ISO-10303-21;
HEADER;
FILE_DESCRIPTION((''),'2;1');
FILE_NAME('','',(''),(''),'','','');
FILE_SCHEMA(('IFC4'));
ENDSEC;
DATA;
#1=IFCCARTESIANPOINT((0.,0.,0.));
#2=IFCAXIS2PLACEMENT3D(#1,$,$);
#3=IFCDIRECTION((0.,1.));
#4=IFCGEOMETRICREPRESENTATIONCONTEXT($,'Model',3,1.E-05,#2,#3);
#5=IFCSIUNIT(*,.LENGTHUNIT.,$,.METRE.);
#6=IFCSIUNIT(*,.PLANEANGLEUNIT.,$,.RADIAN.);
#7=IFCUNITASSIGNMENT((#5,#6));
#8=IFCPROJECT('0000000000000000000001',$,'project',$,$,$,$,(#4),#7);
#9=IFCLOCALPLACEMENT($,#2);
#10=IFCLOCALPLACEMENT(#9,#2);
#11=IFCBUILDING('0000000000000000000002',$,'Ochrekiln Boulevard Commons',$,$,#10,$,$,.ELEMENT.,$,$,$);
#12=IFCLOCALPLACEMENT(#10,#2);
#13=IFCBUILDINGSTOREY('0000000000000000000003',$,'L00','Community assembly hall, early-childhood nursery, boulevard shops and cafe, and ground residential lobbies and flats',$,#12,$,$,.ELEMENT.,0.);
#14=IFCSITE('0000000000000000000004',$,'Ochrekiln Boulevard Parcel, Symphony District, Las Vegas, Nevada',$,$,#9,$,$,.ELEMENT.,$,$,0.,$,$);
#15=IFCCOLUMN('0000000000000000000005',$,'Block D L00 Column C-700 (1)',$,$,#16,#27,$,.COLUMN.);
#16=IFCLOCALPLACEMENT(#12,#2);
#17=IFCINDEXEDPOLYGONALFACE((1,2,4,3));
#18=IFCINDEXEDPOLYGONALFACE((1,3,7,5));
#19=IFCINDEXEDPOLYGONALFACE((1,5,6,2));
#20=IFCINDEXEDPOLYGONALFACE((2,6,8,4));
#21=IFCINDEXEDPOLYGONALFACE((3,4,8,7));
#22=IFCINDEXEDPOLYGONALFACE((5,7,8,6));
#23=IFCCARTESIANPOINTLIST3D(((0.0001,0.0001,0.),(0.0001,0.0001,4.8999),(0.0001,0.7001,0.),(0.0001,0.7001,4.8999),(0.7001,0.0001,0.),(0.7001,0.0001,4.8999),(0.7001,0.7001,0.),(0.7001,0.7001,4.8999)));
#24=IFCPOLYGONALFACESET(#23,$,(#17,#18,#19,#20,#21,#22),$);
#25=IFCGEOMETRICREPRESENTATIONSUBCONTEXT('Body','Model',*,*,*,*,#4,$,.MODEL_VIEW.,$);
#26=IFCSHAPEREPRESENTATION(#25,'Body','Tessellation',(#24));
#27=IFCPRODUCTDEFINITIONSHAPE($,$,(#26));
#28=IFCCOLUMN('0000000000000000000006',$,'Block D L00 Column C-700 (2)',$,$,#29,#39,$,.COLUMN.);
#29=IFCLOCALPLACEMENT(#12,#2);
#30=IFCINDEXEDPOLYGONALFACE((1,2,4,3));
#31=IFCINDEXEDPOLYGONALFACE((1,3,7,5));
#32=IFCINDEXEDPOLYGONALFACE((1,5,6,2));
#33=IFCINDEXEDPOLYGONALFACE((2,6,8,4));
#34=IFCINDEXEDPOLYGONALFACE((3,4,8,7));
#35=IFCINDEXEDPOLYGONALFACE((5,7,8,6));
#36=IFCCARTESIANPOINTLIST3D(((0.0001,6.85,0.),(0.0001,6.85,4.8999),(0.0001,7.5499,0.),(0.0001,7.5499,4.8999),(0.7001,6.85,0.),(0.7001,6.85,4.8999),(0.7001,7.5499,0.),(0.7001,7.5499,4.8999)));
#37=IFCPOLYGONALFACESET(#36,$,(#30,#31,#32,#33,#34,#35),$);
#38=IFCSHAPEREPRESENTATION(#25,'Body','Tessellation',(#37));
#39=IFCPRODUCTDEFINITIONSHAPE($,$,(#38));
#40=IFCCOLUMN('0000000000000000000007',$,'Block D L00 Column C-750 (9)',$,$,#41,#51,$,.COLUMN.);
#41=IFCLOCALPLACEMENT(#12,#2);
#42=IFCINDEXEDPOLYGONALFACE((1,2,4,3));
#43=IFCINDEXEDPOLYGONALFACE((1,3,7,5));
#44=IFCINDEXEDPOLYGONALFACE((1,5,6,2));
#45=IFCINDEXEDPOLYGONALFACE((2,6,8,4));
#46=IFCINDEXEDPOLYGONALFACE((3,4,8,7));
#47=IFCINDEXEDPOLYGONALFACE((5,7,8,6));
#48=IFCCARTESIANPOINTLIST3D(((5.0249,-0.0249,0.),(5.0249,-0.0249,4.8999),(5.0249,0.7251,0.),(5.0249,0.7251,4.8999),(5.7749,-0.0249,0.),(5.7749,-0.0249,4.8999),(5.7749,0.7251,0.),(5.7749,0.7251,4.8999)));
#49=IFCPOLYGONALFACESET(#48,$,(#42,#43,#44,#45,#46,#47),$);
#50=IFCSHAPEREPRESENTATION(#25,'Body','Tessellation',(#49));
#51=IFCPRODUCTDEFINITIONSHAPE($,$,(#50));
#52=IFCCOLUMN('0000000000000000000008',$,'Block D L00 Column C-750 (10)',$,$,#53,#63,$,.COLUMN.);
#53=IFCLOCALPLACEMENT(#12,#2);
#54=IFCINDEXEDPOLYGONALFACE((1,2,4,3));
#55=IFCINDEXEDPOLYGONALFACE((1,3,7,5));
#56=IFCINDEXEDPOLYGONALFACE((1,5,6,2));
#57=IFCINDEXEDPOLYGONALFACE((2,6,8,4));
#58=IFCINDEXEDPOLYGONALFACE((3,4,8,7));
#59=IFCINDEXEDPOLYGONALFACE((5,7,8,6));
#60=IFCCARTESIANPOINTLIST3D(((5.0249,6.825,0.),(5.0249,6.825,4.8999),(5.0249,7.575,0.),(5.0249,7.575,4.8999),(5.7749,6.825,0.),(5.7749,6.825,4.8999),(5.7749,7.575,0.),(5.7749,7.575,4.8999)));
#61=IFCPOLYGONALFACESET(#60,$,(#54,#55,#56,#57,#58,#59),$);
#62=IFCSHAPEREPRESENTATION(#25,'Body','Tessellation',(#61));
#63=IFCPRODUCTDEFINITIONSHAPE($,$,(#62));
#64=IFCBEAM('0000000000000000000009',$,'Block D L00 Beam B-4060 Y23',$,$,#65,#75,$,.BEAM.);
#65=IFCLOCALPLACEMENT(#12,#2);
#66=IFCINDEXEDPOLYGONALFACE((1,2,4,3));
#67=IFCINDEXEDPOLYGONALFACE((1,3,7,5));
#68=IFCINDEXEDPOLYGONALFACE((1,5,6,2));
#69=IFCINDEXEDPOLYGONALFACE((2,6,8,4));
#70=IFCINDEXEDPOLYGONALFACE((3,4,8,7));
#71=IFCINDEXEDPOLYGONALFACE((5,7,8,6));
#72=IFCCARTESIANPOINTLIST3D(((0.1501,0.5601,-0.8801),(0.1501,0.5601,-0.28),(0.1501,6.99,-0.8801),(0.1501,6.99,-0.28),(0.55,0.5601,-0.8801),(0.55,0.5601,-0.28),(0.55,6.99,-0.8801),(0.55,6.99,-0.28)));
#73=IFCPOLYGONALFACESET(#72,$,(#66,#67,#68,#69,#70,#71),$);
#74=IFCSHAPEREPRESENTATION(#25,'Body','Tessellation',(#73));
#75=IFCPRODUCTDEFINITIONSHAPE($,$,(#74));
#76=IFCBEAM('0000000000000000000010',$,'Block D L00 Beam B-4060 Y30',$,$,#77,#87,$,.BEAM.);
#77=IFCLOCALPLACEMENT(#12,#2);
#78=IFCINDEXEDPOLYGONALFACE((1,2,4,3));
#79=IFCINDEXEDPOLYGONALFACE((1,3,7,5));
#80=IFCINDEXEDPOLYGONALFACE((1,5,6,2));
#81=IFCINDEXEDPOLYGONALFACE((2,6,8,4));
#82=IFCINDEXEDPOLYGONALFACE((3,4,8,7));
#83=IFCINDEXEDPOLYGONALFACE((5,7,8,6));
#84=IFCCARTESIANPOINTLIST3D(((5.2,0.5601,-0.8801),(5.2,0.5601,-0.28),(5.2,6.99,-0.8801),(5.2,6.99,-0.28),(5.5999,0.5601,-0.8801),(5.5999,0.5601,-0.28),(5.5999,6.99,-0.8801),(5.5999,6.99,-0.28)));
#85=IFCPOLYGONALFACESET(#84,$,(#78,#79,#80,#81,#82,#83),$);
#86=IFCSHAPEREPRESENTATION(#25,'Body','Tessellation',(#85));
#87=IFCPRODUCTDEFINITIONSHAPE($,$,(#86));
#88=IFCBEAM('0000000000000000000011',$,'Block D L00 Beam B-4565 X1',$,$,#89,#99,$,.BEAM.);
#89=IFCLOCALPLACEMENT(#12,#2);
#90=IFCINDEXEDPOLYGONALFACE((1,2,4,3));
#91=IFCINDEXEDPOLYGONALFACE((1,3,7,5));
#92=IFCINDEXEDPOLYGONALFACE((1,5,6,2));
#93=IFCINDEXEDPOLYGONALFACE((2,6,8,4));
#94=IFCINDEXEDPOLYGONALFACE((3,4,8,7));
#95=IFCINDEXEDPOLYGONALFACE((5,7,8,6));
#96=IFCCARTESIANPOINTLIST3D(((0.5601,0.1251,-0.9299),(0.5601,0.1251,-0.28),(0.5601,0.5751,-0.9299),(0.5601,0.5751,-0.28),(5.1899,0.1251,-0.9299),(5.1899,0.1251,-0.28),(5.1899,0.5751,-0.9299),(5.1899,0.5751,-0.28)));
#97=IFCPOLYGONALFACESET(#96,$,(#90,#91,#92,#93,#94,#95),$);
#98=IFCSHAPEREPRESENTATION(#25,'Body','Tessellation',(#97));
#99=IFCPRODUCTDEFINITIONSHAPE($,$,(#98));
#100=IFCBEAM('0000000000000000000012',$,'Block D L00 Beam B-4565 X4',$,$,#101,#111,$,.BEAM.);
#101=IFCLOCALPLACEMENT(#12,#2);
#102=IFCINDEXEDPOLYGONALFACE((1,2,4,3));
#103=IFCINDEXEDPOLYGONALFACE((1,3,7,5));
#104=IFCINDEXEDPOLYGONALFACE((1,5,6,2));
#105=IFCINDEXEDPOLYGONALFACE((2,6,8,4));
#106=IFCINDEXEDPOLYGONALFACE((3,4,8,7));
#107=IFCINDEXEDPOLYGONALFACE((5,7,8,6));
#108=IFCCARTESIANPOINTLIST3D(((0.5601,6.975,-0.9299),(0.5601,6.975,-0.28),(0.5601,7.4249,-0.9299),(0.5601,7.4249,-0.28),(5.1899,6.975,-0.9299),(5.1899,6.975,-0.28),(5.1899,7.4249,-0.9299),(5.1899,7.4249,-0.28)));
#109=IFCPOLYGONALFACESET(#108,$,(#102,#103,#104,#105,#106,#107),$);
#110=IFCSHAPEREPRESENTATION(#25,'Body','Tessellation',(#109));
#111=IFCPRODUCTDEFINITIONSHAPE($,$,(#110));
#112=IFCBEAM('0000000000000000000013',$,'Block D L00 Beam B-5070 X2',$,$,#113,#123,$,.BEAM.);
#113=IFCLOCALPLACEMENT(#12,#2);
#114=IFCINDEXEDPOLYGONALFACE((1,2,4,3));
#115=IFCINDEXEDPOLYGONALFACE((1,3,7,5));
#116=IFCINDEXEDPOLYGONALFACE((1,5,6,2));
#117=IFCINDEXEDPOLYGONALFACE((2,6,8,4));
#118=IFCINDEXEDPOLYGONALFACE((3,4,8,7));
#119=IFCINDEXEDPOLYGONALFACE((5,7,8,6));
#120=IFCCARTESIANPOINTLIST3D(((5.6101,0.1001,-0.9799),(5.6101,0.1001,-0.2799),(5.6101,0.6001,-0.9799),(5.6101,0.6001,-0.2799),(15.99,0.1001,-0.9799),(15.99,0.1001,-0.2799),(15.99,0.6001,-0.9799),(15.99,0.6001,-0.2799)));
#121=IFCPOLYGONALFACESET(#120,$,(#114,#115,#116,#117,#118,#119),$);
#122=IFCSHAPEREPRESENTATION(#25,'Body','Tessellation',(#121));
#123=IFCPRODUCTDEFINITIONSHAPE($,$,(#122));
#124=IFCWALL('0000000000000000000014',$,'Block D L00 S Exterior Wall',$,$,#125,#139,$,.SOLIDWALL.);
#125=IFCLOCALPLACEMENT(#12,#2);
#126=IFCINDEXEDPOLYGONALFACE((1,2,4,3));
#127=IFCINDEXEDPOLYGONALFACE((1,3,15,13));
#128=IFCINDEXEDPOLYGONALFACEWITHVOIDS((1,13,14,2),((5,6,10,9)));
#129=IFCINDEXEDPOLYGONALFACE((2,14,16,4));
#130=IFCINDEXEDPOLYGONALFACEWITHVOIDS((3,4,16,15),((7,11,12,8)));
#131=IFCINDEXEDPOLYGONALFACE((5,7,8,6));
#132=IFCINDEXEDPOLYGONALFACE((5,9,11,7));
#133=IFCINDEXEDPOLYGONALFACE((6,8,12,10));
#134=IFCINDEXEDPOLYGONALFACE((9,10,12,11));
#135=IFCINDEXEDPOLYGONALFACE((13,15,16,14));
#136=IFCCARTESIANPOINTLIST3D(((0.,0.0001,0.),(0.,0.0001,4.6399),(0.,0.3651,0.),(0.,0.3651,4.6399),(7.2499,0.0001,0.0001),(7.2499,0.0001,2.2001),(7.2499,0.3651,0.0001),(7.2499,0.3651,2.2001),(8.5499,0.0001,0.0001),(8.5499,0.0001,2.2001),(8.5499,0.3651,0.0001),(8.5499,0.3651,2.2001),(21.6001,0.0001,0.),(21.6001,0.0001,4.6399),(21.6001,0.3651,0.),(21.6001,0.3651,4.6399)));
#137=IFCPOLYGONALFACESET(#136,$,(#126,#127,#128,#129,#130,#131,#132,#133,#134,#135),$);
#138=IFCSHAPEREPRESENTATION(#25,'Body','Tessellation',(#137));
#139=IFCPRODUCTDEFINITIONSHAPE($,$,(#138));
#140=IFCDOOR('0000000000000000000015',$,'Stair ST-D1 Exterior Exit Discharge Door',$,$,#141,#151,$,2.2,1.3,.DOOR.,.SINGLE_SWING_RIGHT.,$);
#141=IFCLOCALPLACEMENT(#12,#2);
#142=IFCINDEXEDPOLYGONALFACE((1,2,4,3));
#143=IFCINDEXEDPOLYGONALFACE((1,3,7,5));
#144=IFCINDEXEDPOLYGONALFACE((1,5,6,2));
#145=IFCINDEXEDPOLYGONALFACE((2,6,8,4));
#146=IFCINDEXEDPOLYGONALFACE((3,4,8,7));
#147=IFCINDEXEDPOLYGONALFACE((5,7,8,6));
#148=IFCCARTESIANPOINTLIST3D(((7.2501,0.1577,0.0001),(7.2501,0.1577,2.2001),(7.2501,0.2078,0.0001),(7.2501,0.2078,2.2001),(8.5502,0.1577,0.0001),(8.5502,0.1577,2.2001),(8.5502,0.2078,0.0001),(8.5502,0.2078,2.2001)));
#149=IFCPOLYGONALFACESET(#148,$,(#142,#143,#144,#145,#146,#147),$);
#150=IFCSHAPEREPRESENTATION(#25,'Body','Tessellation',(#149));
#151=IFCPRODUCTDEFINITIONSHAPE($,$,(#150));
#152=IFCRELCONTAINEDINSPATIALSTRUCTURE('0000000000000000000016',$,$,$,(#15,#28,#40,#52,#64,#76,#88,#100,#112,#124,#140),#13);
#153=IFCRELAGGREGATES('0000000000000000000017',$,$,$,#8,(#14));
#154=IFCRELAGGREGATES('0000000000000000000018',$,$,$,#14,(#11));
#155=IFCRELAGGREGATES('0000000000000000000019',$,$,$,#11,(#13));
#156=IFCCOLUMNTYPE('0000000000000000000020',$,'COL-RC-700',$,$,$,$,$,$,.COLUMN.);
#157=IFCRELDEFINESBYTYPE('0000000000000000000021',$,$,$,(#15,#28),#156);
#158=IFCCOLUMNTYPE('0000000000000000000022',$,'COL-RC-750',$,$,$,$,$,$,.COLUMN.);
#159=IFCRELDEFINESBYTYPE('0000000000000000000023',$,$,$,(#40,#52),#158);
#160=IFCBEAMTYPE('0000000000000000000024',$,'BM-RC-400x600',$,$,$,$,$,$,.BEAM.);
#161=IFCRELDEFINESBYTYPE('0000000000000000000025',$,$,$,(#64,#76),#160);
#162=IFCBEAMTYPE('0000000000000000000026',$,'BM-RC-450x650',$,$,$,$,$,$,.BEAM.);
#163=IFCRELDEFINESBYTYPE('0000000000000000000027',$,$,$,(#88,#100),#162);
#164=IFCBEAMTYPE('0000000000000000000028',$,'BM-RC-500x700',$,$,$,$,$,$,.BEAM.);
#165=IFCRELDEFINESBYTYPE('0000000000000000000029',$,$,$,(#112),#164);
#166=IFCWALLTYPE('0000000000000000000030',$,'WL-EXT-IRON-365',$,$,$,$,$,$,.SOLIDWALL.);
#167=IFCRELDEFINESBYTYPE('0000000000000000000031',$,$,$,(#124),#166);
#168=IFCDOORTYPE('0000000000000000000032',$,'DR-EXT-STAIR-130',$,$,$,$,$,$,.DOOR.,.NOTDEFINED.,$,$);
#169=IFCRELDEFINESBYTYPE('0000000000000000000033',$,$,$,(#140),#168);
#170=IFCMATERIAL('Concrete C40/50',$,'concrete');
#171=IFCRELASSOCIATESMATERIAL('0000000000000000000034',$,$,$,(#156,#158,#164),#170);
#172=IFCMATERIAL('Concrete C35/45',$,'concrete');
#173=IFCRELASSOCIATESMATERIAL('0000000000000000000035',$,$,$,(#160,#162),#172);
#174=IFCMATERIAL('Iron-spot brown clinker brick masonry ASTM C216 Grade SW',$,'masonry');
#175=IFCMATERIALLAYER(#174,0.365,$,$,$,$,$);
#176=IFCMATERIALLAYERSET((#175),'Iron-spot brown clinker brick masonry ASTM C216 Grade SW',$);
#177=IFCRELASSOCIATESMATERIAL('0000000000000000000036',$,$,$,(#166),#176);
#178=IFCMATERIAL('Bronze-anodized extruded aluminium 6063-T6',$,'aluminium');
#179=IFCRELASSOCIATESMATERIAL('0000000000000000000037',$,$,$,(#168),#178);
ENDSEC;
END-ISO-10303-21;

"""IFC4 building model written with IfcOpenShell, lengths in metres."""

from ifc_helpers import new_model, si_unit, direction, frame, frame_2d, origin, origin_2d, place, context, subcontext, project, spatial, rectangle, extrude, material, layer, layer_set, material_profile, profile_set, type_object, element, fill, save


model = new_model("IFC4")

# Units and contexts
model_context = context("Model", 3, precision=1e-05, world=origin(), true_north=direction((0.0, 1.0)))
body_context = subcontext(model_context, "Body", "Model", "MODEL_VIEW")
ifc_project = project(units=[si_unit("LENGTHUNIT", "METRE"), si_unit("PLANEANGLEUNIT", "RADIAN")], contexts=[model_context])

# Site, building, storey
site_placement = place(None, origin())
site = spatial("IfcSite", under=ifc_project, at=site_placement, Name="Ochrekiln Boulevard Parcel, Symphony District, Las Vegas, Nevada", CompositionType="ELEMENT", RefElevation=0.0)
building_placement = place(site_placement, origin())
building = spatial("IfcBuilding", under=site, at=building_placement, Name="Ochrekiln Boulevard Commons", CompositionType="ELEMENT")
storey_placement = place(building_placement, origin())
storey = spatial("IfcBuildingStorey", under=building, at=storey_placement, Name="L00", Description="Community assembly hall, early-childhood nursery, boulevard shops and cafe, and ground residential lobbies and flats", CompositionType="ELEMENT", Elevation=0.0)

# Columns
ifc_material_1 = material(Name="Concrete C40/50", Category="concrete")
ifc_material_profile_1 = material_profile(ifc_material_1, rectangle(XDim=0.7, YDim=0.7, at=origin_2d()), Name="RC-COL-700x700")
ifc_profile_set_1 = profile_set([ifc_material_profile_1], Name="Concrete C40/50")
column_type_1 = type_object("IfcColumnType", Name="COL-RC-700", PredefinedType="COLUMN", material=ifc_profile_set_1)
for number, where, z_axis, x_axis, name in (
    (1, (0.3501, 0.3501, 0.0), (0.0, 0.0, 1.0), (1.0, 0.0, 0.0), "Block D L00 Column C-700 (1)"),
    (2, (0.3501, 7.2, 0.0), (0.0, 0.0, 1.0), (1.0, 0.0, 0.0), "Block D L00 Column C-700 (2)"),
):
    element("IfcColumn", number, at=place(storey_placement, frame(where, z_axis=z_axis, x_axis=x_axis)), inside=storey, type_object=column_type_1, Name=name, PredefinedType="COLUMN", context=body_context, shape_type="SweptSolid", body=[
        extrude(rectangle(XDim=0.7, YDim=0.7, at=origin_2d()), origin(), (0.0, 0.0, 1.0), 4.8999),
    ])
ifc_material_profile_2 = material_profile(ifc_material_1, rectangle(XDim=0.75, YDim=0.75, at=origin_2d()), Name="RC-COL-750x750")
ifc_profile_set_2 = profile_set([ifc_material_profile_2], Name="Concrete C40/50")
column_type_2 = type_object("IfcColumnType", Name="COL-RC-750", PredefinedType="COLUMN", material=ifc_profile_set_2)
for number, where, z_axis, x_axis, name in (
    (3, (5.3999, 0.3501, 0.0), (0.0, 0.0, 1.0), (1.0, 0.0, 0.0), "Block D L00 Column C-750 (9)"),
    (4, (5.3999, 7.2, 0.0), (0.0, 0.0, 1.0), (1.0, 0.0, 0.0), "Block D L00 Column C-750 (10)"),
):
    element("IfcColumn", number, at=place(storey_placement, frame(where, z_axis=z_axis, x_axis=x_axis)), inside=storey, type_object=column_type_2, Name=name, PredefinedType="COLUMN", context=body_context, shape_type="SweptSolid", body=[
        extrude(rectangle(XDim=0.75, YDim=0.75, at=origin_2d()), origin(), (0.0, 0.0, 1.0), 4.8999),
    ])

# Beams
ifc_material_2 = material(Name="Concrete C35/45", Category="concrete")
ifc_material_profile_3 = material_profile(ifc_material_2, rectangle(XDim=0.3999, YDim=0.6001, at=origin_2d()), Name="RC-BM-400x600")
ifc_profile_set_3 = profile_set([ifc_material_profile_3], Name="Concrete C35/45")
beam_type_1 = type_object("IfcBeamType", Name="BM-RC-400x600", PredefinedType="BEAM", material=ifc_profile_set_3)
for number, where, z_axis, x_axis, name in (
    (5, (0.3501, 0.5601, -0.5801), (0.0, 1.0, 0.0), (-1.0, 0.0, 0.0), "Block D L00 Beam B-4060 Y23"),
    (6, (5.3999, 0.5601, -0.5801), (0.0, 1.0, 0.0), (-1.0, 0.0, 0.0), "Block D L00 Beam B-4060 Y30"),
):
    element("IfcBeam", number, at=place(storey_placement, frame(where, z_axis=z_axis, x_axis=x_axis)), inside=storey, type_object=beam_type_1, Name=name, PredefinedType="BEAM", context=body_context, shape_type="SweptSolid", body=[
        extrude(rectangle(XDim=0.3999, YDim=0.6001, at=origin_2d()), origin(), (0.0, 0.0, 1.0), 6.4299),
    ])
ifc_material_profile_4 = material_profile(ifc_material_2, rectangle(XDim=0.45, YDim=0.6499, at=origin_2d()), Name="RC-BM-450x650")
ifc_profile_set_4 = profile_set([ifc_material_profile_4], Name="Concrete C35/45")
beam_type_2 = type_object("IfcBeamType", Name="BM-RC-450x650", PredefinedType="BEAM", material=ifc_profile_set_4)
for number, where, z_axis, x_axis, name in (
    (7, (0.5601, 0.3501, -0.605), (1.0, 0.0, 0.0), (0.0, 1.0, 0.0), "Block D L00 Beam B-4565 X1"),
    (8, (0.5601, 7.2, -0.605), (1.0, 0.0, 0.0), (0.0, 1.0, 0.0), "Block D L00 Beam B-4565 X4"),
):
    element("IfcBeam", number, at=place(storey_placement, frame(where, z_axis=z_axis, x_axis=x_axis)), inside=storey, type_object=beam_type_2, Name=name, PredefinedType="BEAM", context=body_context, shape_type="SweptSolid", body=[
        extrude(rectangle(XDim=0.45, YDim=0.6499, at=origin_2d()), origin(), (0.0, 0.0, 1.0), 4.6299),
    ])
ifc_material_profile_5 = material_profile(ifc_material_1, rectangle(XDim=0.5, YDim=0.7, at=origin_2d()), Name="RC-BM-500x700")
ifc_profile_set_5 = profile_set([ifc_material_profile_5], Name="Concrete C40/50")
beam_type_3 = type_object("IfcBeamType", Name="BM-RC-500x700", PredefinedType="BEAM", material=ifc_profile_set_5)
beam_placement = place(storey_placement, frame((5.6101, 0.3501, -0.6299), z_axis=(1.0, 0.0, 0.0), x_axis=(0.0, 1.0, 0.0)))
element("IfcBeam", 9, at=beam_placement, inside=storey, type_object=beam_type_3, Name="Block D L00 Beam B-5070 X2", PredefinedType="BEAM", context=body_context, shape_type="SweptSolid", body=[
    extrude(rectangle(XDim=0.5, YDim=0.7, at=origin_2d()), origin(), (0.0, 0.0, 1.0), 10.3799),
])

# Wall, opening, door
ifc_material_3 = material(Name="Iron-spot brown clinker brick masonry ASTM C216 Grade SW", Category="masonry")
ifc_layer_1 = layer(ifc_material_3, 0.365)
ifc_layer_set_1 = layer_set([ifc_layer_1], Name="Iron-spot brown clinker brick masonry ASTM C216 Grade SW")
wall_type_1 = type_object("IfcWallType", Name="WL-EXT-IRON-365", PredefinedType="SOLIDWALL", material=ifc_layer_set_1)
wall_1_placement = place(storey_placement, frame((0.0, 0.1826, 0.0), z_axis=(0.0, 0.0, 1.0), x_axis=(1.0, 0.0, 0.0)))
wall_1 = element("IfcWall", 10, at=wall_1_placement, inside=storey, type_object=wall_type_1, Name="Block D L00 S Exterior Wall", PredefinedType="SOLIDWALL", context=body_context, shape_type="SweptSolid", body=[
    extrude(rectangle(XDim=21.6001, YDim=0.365, at=frame_2d((10.8, 0.0))), origin(), (0.0, 0.0, 1.0), 4.6399),
])
opening_1_placement = place(wall_1_placement, frame((7.25, 0.0, 0.0)))
opening_1 = element("IfcOpeningElement", 11, at=opening_1_placement, cuts=wall_1, PredefinedType="OPENING", context=body_context, shape_type="SweptSolid", body=[
    extrude(rectangle(XDim=1.3, YDim=2.2, at=frame_2d((0.6499, 1.1001))), frame((0.0, 0.1924, 0.0), z_axis=(0.0, -1.0, 0.0), x_axis=(1.0, 0.0, 0.0)), (0.0, 0.0, 1.0), 0.385),
])
ifc_material_4 = material(Name="Bronze-anodized extruded aluminium 6063-T6", Category="aluminium")
door_type = type_object("IfcDoorType", Name="DR-EXT-STAIR-130", OperationType="NOTDEFINED", PredefinedType="DOOR", material=ifc_material_4)
door_placement = place(opening_1_placement, frame((1.3, 0.0, 0.0), z_axis=(0.0, 0.0, 1.0), x_axis=(-1.0, 0.0, 0.0)))
door = element("IfcDoor", 12, at=door_placement, inside=storey, type_object=door_type, Name="Stair ST-D1 Exterior Exit Discharge Door", OperationType="SINGLE_SWING_RIGHT", OverallHeight=2.2, OverallWidth=1.3, PredefinedType="DOOR", context=body_context, shape_type="SweptSolid", body=[
    extrude(rectangle(XDim=1.3, YDim=2.2, at=frame_2d((0.6499, 1.1001))), frame((0.0, 0.0249, 0.0), z_axis=(0.0, -1.0, 0.0), x_axis=(1.0, 0.0, 0.0)), (0.0, 0.0, 1.0), 0.05),
])
fill(opening_1, door)

save(model, "model.ifc")
